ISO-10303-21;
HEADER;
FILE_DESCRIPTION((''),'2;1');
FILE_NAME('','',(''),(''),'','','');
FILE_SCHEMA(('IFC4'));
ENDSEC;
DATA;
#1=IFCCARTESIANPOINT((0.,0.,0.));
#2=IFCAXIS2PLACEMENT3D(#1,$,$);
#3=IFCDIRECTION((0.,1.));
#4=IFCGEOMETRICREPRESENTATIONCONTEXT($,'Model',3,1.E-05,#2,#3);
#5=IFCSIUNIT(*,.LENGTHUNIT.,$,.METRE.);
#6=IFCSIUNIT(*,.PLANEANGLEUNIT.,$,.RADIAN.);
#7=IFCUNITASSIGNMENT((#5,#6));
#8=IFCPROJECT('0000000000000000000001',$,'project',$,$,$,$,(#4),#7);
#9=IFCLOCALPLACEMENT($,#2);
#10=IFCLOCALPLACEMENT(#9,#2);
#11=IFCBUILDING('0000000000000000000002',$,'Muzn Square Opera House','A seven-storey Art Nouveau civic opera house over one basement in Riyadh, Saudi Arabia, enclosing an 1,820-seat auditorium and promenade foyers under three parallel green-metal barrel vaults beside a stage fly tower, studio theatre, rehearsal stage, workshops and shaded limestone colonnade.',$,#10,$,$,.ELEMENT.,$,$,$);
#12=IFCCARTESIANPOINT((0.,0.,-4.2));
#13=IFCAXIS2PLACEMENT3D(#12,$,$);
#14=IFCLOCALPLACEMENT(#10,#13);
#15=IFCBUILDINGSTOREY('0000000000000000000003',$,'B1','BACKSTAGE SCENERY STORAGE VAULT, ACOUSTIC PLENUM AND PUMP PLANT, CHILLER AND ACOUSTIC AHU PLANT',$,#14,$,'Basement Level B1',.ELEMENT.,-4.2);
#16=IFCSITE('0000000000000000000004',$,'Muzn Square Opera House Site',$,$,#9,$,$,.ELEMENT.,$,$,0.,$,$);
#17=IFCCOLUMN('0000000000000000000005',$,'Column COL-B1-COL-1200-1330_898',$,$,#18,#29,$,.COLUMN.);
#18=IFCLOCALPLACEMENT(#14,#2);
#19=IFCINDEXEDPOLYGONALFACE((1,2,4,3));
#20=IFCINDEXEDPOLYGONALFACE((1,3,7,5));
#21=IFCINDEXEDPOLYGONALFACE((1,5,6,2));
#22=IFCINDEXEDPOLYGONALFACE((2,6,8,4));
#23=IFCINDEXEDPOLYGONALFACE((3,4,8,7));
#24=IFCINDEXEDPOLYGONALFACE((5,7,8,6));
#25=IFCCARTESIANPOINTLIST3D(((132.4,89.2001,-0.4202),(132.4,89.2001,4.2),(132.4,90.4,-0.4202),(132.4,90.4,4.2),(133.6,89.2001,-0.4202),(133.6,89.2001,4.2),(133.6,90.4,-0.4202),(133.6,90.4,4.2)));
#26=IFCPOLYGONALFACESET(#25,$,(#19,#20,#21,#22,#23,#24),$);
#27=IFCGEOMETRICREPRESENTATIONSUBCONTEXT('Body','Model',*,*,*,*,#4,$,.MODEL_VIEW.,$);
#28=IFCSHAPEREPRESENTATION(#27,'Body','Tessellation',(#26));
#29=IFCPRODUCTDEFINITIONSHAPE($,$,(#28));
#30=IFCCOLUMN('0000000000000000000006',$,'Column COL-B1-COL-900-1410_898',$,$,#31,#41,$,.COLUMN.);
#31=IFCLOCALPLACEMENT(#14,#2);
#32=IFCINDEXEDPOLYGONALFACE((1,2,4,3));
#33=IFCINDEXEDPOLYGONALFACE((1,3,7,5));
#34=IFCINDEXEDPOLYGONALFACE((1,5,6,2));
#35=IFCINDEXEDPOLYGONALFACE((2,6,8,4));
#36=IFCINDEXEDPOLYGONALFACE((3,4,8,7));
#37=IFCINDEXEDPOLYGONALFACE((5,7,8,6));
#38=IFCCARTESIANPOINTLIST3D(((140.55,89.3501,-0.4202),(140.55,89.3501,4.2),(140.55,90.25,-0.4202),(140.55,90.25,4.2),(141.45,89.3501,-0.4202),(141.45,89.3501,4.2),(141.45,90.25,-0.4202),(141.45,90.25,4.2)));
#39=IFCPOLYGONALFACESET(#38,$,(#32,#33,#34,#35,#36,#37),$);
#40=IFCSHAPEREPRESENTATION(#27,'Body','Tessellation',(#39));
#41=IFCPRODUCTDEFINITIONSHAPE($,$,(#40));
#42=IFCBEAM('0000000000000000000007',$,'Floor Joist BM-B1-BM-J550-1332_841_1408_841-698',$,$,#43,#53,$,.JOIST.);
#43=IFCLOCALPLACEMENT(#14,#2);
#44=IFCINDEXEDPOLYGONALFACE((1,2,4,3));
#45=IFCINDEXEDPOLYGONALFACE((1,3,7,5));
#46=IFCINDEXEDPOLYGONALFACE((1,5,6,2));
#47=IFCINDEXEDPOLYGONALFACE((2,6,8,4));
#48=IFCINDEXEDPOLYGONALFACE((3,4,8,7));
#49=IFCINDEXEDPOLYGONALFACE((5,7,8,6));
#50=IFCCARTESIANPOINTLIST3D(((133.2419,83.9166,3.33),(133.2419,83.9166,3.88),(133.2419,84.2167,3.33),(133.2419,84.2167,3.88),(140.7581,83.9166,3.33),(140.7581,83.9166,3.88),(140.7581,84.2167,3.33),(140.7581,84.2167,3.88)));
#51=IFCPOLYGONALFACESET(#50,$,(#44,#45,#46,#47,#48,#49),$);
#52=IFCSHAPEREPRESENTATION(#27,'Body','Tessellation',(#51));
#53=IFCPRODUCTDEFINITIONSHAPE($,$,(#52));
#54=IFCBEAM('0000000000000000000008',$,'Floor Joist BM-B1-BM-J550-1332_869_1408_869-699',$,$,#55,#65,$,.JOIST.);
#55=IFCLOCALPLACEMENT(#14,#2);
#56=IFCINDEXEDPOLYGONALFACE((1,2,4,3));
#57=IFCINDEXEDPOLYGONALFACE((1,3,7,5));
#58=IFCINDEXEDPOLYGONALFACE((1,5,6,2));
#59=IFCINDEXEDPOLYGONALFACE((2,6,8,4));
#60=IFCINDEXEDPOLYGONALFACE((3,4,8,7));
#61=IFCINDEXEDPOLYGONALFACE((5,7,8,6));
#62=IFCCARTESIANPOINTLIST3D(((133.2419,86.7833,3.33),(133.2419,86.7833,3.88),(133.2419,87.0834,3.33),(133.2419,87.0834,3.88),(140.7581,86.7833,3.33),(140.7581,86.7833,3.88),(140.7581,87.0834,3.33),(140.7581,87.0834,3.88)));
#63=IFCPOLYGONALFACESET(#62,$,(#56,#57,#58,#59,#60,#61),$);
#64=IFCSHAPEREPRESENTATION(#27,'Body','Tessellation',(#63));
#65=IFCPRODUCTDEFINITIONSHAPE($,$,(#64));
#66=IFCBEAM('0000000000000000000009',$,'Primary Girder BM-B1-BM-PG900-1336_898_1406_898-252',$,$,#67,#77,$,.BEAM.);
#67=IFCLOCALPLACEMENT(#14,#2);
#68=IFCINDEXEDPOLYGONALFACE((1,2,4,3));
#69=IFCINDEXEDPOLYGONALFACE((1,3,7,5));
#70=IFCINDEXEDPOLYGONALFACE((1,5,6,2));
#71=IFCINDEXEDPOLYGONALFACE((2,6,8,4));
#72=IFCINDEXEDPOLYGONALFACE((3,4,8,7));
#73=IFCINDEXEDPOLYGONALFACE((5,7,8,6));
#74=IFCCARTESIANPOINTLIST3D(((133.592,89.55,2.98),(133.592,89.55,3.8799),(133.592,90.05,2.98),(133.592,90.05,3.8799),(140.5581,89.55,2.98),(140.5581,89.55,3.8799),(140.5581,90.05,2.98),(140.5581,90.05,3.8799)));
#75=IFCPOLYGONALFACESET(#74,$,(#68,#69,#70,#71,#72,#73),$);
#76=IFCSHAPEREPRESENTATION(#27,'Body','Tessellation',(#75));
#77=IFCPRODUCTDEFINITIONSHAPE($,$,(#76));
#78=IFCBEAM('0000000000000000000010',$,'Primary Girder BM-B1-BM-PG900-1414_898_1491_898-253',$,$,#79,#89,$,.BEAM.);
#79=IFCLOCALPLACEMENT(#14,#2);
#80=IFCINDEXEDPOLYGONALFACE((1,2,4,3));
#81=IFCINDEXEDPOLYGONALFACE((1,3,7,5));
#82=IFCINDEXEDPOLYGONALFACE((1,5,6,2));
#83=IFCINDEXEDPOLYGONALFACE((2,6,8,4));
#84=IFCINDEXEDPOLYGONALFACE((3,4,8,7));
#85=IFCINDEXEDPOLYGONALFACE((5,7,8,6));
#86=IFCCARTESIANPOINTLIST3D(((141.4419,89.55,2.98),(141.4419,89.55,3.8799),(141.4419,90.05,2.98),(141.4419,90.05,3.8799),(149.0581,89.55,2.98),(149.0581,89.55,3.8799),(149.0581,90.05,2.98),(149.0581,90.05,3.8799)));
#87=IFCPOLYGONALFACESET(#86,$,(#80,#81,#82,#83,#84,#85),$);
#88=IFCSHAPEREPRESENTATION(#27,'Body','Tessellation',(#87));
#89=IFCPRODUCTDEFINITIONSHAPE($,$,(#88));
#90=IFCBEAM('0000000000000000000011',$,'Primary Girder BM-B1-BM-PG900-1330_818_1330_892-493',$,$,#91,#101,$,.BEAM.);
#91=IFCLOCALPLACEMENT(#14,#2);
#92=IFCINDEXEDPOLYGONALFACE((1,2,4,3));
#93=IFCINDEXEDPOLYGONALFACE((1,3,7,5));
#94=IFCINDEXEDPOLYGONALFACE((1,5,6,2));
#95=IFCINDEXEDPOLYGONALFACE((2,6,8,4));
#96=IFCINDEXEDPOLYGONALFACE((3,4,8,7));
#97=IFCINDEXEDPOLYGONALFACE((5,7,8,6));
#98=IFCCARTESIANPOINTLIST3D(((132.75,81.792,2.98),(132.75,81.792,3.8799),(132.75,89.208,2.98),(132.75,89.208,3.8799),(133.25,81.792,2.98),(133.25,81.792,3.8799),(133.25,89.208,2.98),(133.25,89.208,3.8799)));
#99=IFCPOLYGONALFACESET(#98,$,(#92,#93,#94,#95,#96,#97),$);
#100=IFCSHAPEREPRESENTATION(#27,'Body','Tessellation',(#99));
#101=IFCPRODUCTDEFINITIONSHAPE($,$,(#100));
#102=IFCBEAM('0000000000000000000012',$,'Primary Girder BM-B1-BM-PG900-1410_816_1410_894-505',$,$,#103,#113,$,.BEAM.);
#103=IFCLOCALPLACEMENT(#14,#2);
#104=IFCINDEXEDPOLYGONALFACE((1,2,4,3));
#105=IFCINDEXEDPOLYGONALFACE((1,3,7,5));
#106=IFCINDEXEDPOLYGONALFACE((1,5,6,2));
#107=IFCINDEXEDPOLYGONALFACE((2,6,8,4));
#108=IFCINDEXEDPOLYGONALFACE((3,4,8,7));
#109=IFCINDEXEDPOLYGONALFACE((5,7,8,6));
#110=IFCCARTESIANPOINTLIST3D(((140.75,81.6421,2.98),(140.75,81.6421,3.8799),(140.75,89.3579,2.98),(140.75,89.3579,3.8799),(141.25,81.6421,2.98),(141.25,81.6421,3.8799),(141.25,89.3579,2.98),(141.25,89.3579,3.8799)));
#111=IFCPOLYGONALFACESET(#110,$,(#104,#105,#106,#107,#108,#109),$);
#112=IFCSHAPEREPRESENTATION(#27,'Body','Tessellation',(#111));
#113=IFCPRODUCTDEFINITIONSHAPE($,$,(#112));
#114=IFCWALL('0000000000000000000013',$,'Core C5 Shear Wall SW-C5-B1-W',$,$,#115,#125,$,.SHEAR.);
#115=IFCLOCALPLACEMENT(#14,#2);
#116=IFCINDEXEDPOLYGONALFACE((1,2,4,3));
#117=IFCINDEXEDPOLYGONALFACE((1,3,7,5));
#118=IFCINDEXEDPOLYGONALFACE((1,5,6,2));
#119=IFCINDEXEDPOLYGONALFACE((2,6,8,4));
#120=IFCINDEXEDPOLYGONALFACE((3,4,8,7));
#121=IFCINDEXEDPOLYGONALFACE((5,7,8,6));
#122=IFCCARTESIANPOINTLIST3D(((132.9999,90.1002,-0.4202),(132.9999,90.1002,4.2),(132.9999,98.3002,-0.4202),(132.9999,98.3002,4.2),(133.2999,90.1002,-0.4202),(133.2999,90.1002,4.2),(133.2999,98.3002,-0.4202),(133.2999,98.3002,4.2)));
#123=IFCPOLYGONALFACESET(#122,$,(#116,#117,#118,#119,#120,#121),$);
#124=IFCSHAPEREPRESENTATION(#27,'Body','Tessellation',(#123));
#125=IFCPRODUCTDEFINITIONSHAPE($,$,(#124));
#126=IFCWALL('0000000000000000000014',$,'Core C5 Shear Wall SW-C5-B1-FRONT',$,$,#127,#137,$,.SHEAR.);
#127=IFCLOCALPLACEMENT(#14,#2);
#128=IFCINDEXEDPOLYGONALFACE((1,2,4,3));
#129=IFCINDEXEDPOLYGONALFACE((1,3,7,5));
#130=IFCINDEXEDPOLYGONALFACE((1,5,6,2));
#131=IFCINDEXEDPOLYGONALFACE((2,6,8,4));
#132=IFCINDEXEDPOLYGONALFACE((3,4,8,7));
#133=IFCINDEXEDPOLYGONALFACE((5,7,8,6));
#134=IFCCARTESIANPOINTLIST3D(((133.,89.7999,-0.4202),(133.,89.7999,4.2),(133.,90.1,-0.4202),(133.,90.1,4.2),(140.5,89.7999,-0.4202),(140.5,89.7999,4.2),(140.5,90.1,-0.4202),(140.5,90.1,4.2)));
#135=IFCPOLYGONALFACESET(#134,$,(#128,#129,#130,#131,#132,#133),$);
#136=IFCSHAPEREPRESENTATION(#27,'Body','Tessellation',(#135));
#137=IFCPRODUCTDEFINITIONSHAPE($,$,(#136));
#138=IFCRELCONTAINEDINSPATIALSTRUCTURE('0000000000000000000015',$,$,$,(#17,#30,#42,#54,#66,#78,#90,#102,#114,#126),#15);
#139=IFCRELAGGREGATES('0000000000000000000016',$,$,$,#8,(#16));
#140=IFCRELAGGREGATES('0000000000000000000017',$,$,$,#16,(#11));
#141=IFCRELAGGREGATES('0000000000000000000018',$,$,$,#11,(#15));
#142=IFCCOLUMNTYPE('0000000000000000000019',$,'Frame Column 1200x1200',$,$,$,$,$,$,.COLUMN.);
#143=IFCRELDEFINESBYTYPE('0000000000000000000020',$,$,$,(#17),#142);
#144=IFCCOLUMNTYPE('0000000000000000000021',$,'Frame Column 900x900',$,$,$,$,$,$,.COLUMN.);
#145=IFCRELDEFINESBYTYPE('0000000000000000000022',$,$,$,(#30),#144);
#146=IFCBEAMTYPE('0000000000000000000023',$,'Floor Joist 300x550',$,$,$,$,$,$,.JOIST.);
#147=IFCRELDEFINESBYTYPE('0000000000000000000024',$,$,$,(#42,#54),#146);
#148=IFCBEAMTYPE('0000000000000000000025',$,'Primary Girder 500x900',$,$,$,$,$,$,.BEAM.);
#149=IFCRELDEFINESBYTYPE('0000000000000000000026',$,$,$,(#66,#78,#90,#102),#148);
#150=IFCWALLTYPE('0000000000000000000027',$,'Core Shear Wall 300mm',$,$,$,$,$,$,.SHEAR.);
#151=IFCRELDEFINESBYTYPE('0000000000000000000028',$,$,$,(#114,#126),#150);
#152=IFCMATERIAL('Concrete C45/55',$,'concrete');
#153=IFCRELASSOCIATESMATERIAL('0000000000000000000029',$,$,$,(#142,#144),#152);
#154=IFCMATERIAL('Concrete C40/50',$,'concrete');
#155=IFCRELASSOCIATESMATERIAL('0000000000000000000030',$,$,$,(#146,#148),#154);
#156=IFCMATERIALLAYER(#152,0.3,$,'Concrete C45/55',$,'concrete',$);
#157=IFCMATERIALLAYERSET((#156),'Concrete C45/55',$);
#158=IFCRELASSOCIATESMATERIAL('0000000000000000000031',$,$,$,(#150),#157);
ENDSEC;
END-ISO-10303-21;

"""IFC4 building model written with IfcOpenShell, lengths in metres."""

from ifc_helpers import new_model, si_unit, direction, frame, frame_2d, origin, origin_2d, place, context, subcontext, project, spatial, rectangle, extrude, material, layer, layer_set, material_profile, profile_set, type_object, element, save


model = new_model("IFC4")

# Units and contexts
model_context = context("Model", 3, precision=1e-05, world=origin(), true_north=direction((0.0, 1.0)))
body_context = subcontext(model_context, "Body", "Model", "MODEL_VIEW")
ifc_project = project(units=[si_unit("LENGTHUNIT", "METRE"), si_unit("PLANEANGLEUNIT", "RADIAN")], contexts=[model_context])

# Site, building, storey
site_placement = place(None, origin())
site = spatial("IfcSite", under=ifc_project, at=site_placement, Name="Muzn Square Opera House Site", CompositionType="ELEMENT", RefElevation=0.0)
building_placement = place(site_placement, origin())
building = spatial("IfcBuilding", under=site, at=building_placement, Name="Muzn Square Opera House", Description="A seven-storey Art Nouveau civic opera house over one basement in Riyadh, Saudi Arabia, enclosing an 1,820-seat auditorium and promenade foyers under three parallel green-metal barrel vaults beside a stage fly tower, studio theatre, rehearsal stage, workshops and shaded limestone colonnade.", CompositionType="ELEMENT")
storey_placement = place(building_placement, frame((0.0, 0.0, -4.2)))
storey = spatial("IfcBuildingStorey", under=building, at=storey_placement, Name="B1", Description="BACKSTAGE SCENERY STORAGE VAULT, ACOUSTIC PLENUM AND PUMP PLANT, CHILLER AND ACOUSTIC AHU PLANT", LongName="Basement Level B1", CompositionType="ELEMENT", Elevation=-4.2)

# Shared definitions
ifc_material_1 = material(Name="Concrete C40/50", Category="concrete")

# Columns
ifc_material_2 = material(Name="Concrete C45/55", Category="concrete")
ifc_material_profile_1 = material_profile(ifc_material_2, rectangle(XDim=1.2, YDim=1.2, at=origin_2d()), Name="RC 1200x1200", Category="concrete")
ifc_profile_set_1 = profile_set([ifc_material_profile_1], Name="Concrete C45/55")
column_type_1 = type_object("IfcColumnType", Name="Frame Column 1200x1200", PredefinedType="COLUMN", material=ifc_profile_set_1)
column_1_placement = place(storey_placement, frame((133.0, 89.8, -0.4202), z_axis=(0.0, 0.0, 1.0), x_axis=(1.0, 0.0, 0.0)))
element("IfcColumn", 1, at=column_1_placement, inside=storey, type_object=column_type_1, Name="Column COL-B1-COL-1200-1330_898", PredefinedType="COLUMN", context=body_context, shape_type="SweptSolid", body=[
    extrude(rectangle(XDim=1.2, YDim=1.2, at=origin_2d()), origin(), (0.0, 0.0, 1.0), 4.6201),
])
ifc_material_profile_2 = material_profile(ifc_material_2, rectangle(XDim=0.8999, YDim=0.8999, at=origin_2d()), Name="RC 900x900", Category="concrete")
ifc_profile_set_2 = profile_set([ifc_material_profile_2], Name="Concrete C45/55")
column_type_2 = type_object("IfcColumnType", Name="Frame Column 900x900", PredefinedType="COLUMN", material=ifc_profile_set_2)
column_2_placement = place(storey_placement, frame((141.0, 89.8, -0.4202), z_axis=(0.0, 0.0, 1.0), x_axis=(1.0, 0.0, 0.0)))
element("IfcColumn", 2, at=column_2_placement, inside=storey, type_object=column_type_2, Name="Column COL-B1-COL-900-1410_898", PredefinedType="COLUMN", context=body_context, shape_type="SweptSolid", body=[
    extrude(rectangle(XDim=0.8999, YDim=0.8999, at=origin_2d()), origin(), (0.0, 0.0, 1.0), 4.6201),
])

# Beams
ifc_material_profile_3 = material_profile(ifc_material_1, rectangle(XDim=0.3, YDim=0.55, at=origin_2d()), Name="RCJ 300x550", Category="concrete")
ifc_profile_set_3 = profile_set([ifc_material_profile_3], Name="Concrete C40/50")
beam_type_1 = type_object("IfcBeamType", Name="Floor Joist 300x550", PredefinedType="JOIST", material=ifc_profile_set_3)
for number, where, z_axis, x_axis, name in (
    (3, (133.2419, 84.0667, 3.605), (1.0, 0.0, 0.0), (0.0, 1.0, 0.0), "Floor Joist BM-B1-BM-J550-1332_841_1408_841-698"),
    (4, (133.2419, 86.9333, 3.605), (1.0, 0.0, 0.0), (0.0, 1.0, 0.0), "Floor Joist BM-B1-BM-J550-1332_869_1408_869-699"),
):
    element("IfcBeam", number, at=place(storey_placement, frame(where, z_axis=z_axis, x_axis=x_axis)), inside=storey, type_object=beam_type_1, Name=name, PredefinedType="JOIST", context=body_context, shape_type="SweptSolid", body=[
        extrude(rectangle(XDim=0.3, YDim=0.55, at=origin_2d()), origin(), (0.0, 0.0, 1.0), 7.5161),
    ])
ifc_material_profile_4 = material_profile(ifc_material_1, rectangle(XDim=0.5, YDim=0.8999, at=origin_2d()), Name="RCB 500x900", Category="concrete")
ifc_profile_set_4 = profile_set([ifc_material_profile_4], Name="Concrete C40/50")
beam_type_2 = type_object("IfcBeamType", Name="Primary Girder 500x900", PredefinedType="BEAM", material=ifc_profile_set_4)
beam_1_placement = place(storey_placement, frame((133.592, 89.8, 3.4299), z_axis=(1.0, 0.0, 0.0), x_axis=(0.0, 1.0, 0.0)))
element("IfcBeam", 5, at=beam_1_placement, inside=storey, type_object=beam_type_2, Name="Primary Girder BM-B1-BM-PG900-1336_898_1406_898-252", PredefinedType="BEAM", context=body_context, shape_type="SweptSolid", body=[
    extrude(rectangle(XDim=0.5, YDim=0.8999, at=origin_2d()), origin(), (0.0, 0.0, 1.0), 6.9661),
])
beam_2_placement = place(storey_placement, frame((141.4419, 89.8, 3.4299), z_axis=(1.0, 0.0, 0.0), x_axis=(0.0, 1.0, 0.0)))
element("IfcBeam", 6, at=beam_2_placement, inside=storey, type_object=beam_type_2, Name="Primary Girder BM-B1-BM-PG900-1414_898_1491_898-253", PredefinedType="BEAM", context=body_context, shape_type="SweptSolid", body=[
    extrude(rectangle(XDim=0.5, YDim=0.8999, at=origin_2d()), origin(), (0.0, 0.0, 1.0), 7.6162),
])
beam_3_placement = place(storey_placement, frame((133.0, 81.792, 3.4299), z_axis=(0.0, 1.0, 0.0), x_axis=(-1.0, 0.0, 0.0)))
element("IfcBeam", 7, at=beam_3_placement, inside=storey, type_object=beam_type_2, Name="Primary Girder BM-B1-BM-PG900-1330_818_1330_892-493", PredefinedType="BEAM", context=body_context, shape_type="SweptSolid", body=[
    extrude(rectangle(XDim=0.5, YDim=0.8999, at=origin_2d()), origin(), (0.0, 0.0, 1.0), 7.416),
])
beam_4_placement = place(storey_placement, frame((141.0, 81.6421, 3.4299), z_axis=(0.0, 1.0, 0.0), x_axis=(-1.0, 0.0, 0.0)))
element("IfcBeam", 8, at=beam_4_placement, inside=storey, type_object=beam_type_2, Name="Primary Girder BM-B1-BM-PG900-1410_816_1410_894-505", PredefinedType="BEAM", context=body_context, shape_type="SweptSolid", body=[
    extrude(rectangle(XDim=0.5, YDim=0.8999, at=origin_2d()), origin(), (0.0, 0.0, 1.0), 7.7158),
])

# Walls
ifc_layer = layer(ifc_material_2, 0.3, Name="Concrete C45/55", Category="concrete")
ifc_layer_set = layer_set([ifc_layer], Name="Concrete C45/55")
wall_type = type_object("IfcWallType", Name="Core Shear Wall 300mm", PredefinedType="SHEAR", material=ifc_layer_set)
wall_1_placement = place(storey_placement, frame((133.1499, 90.1001, -0.4202), z_axis=(0.0, 0.0, 1.0), x_axis=(0.0, 1.0, 0.0)))
element("IfcWall", 9, at=wall_1_placement, inside=storey, type_object=wall_type, Name="Core C5 Shear Wall SW-C5-B1-W", PredefinedType="SHEAR", context=body_context, shape_type="SweptSolid", body=[
    extrude(rectangle(XDim=8.2, YDim=0.3, at=frame_2d((4.1001, 0.0))), origin(), (0.0, 0.0, 1.0), 4.6201),
])
wall_2_placement = place(storey_placement, frame((133.0, 89.95, -0.4202), z_axis=(0.0, 0.0, 1.0), x_axis=(1.0, 0.0, 0.0)))
element("IfcWall", 10, at=wall_2_placement, inside=storey, type_object=wall_type, Name="Core C5 Shear Wall SW-C5-B1-FRONT", PredefinedType="SHEAR", context=body_context, shape_type="SweptSolid", body=[
    extrude(rectangle(XDim=7.5, YDim=0.3, at=frame_2d((3.75, 0.0))), origin(), (0.0, 0.0, 1.0), 4.6201),
])

save(model, "model.ifc")
